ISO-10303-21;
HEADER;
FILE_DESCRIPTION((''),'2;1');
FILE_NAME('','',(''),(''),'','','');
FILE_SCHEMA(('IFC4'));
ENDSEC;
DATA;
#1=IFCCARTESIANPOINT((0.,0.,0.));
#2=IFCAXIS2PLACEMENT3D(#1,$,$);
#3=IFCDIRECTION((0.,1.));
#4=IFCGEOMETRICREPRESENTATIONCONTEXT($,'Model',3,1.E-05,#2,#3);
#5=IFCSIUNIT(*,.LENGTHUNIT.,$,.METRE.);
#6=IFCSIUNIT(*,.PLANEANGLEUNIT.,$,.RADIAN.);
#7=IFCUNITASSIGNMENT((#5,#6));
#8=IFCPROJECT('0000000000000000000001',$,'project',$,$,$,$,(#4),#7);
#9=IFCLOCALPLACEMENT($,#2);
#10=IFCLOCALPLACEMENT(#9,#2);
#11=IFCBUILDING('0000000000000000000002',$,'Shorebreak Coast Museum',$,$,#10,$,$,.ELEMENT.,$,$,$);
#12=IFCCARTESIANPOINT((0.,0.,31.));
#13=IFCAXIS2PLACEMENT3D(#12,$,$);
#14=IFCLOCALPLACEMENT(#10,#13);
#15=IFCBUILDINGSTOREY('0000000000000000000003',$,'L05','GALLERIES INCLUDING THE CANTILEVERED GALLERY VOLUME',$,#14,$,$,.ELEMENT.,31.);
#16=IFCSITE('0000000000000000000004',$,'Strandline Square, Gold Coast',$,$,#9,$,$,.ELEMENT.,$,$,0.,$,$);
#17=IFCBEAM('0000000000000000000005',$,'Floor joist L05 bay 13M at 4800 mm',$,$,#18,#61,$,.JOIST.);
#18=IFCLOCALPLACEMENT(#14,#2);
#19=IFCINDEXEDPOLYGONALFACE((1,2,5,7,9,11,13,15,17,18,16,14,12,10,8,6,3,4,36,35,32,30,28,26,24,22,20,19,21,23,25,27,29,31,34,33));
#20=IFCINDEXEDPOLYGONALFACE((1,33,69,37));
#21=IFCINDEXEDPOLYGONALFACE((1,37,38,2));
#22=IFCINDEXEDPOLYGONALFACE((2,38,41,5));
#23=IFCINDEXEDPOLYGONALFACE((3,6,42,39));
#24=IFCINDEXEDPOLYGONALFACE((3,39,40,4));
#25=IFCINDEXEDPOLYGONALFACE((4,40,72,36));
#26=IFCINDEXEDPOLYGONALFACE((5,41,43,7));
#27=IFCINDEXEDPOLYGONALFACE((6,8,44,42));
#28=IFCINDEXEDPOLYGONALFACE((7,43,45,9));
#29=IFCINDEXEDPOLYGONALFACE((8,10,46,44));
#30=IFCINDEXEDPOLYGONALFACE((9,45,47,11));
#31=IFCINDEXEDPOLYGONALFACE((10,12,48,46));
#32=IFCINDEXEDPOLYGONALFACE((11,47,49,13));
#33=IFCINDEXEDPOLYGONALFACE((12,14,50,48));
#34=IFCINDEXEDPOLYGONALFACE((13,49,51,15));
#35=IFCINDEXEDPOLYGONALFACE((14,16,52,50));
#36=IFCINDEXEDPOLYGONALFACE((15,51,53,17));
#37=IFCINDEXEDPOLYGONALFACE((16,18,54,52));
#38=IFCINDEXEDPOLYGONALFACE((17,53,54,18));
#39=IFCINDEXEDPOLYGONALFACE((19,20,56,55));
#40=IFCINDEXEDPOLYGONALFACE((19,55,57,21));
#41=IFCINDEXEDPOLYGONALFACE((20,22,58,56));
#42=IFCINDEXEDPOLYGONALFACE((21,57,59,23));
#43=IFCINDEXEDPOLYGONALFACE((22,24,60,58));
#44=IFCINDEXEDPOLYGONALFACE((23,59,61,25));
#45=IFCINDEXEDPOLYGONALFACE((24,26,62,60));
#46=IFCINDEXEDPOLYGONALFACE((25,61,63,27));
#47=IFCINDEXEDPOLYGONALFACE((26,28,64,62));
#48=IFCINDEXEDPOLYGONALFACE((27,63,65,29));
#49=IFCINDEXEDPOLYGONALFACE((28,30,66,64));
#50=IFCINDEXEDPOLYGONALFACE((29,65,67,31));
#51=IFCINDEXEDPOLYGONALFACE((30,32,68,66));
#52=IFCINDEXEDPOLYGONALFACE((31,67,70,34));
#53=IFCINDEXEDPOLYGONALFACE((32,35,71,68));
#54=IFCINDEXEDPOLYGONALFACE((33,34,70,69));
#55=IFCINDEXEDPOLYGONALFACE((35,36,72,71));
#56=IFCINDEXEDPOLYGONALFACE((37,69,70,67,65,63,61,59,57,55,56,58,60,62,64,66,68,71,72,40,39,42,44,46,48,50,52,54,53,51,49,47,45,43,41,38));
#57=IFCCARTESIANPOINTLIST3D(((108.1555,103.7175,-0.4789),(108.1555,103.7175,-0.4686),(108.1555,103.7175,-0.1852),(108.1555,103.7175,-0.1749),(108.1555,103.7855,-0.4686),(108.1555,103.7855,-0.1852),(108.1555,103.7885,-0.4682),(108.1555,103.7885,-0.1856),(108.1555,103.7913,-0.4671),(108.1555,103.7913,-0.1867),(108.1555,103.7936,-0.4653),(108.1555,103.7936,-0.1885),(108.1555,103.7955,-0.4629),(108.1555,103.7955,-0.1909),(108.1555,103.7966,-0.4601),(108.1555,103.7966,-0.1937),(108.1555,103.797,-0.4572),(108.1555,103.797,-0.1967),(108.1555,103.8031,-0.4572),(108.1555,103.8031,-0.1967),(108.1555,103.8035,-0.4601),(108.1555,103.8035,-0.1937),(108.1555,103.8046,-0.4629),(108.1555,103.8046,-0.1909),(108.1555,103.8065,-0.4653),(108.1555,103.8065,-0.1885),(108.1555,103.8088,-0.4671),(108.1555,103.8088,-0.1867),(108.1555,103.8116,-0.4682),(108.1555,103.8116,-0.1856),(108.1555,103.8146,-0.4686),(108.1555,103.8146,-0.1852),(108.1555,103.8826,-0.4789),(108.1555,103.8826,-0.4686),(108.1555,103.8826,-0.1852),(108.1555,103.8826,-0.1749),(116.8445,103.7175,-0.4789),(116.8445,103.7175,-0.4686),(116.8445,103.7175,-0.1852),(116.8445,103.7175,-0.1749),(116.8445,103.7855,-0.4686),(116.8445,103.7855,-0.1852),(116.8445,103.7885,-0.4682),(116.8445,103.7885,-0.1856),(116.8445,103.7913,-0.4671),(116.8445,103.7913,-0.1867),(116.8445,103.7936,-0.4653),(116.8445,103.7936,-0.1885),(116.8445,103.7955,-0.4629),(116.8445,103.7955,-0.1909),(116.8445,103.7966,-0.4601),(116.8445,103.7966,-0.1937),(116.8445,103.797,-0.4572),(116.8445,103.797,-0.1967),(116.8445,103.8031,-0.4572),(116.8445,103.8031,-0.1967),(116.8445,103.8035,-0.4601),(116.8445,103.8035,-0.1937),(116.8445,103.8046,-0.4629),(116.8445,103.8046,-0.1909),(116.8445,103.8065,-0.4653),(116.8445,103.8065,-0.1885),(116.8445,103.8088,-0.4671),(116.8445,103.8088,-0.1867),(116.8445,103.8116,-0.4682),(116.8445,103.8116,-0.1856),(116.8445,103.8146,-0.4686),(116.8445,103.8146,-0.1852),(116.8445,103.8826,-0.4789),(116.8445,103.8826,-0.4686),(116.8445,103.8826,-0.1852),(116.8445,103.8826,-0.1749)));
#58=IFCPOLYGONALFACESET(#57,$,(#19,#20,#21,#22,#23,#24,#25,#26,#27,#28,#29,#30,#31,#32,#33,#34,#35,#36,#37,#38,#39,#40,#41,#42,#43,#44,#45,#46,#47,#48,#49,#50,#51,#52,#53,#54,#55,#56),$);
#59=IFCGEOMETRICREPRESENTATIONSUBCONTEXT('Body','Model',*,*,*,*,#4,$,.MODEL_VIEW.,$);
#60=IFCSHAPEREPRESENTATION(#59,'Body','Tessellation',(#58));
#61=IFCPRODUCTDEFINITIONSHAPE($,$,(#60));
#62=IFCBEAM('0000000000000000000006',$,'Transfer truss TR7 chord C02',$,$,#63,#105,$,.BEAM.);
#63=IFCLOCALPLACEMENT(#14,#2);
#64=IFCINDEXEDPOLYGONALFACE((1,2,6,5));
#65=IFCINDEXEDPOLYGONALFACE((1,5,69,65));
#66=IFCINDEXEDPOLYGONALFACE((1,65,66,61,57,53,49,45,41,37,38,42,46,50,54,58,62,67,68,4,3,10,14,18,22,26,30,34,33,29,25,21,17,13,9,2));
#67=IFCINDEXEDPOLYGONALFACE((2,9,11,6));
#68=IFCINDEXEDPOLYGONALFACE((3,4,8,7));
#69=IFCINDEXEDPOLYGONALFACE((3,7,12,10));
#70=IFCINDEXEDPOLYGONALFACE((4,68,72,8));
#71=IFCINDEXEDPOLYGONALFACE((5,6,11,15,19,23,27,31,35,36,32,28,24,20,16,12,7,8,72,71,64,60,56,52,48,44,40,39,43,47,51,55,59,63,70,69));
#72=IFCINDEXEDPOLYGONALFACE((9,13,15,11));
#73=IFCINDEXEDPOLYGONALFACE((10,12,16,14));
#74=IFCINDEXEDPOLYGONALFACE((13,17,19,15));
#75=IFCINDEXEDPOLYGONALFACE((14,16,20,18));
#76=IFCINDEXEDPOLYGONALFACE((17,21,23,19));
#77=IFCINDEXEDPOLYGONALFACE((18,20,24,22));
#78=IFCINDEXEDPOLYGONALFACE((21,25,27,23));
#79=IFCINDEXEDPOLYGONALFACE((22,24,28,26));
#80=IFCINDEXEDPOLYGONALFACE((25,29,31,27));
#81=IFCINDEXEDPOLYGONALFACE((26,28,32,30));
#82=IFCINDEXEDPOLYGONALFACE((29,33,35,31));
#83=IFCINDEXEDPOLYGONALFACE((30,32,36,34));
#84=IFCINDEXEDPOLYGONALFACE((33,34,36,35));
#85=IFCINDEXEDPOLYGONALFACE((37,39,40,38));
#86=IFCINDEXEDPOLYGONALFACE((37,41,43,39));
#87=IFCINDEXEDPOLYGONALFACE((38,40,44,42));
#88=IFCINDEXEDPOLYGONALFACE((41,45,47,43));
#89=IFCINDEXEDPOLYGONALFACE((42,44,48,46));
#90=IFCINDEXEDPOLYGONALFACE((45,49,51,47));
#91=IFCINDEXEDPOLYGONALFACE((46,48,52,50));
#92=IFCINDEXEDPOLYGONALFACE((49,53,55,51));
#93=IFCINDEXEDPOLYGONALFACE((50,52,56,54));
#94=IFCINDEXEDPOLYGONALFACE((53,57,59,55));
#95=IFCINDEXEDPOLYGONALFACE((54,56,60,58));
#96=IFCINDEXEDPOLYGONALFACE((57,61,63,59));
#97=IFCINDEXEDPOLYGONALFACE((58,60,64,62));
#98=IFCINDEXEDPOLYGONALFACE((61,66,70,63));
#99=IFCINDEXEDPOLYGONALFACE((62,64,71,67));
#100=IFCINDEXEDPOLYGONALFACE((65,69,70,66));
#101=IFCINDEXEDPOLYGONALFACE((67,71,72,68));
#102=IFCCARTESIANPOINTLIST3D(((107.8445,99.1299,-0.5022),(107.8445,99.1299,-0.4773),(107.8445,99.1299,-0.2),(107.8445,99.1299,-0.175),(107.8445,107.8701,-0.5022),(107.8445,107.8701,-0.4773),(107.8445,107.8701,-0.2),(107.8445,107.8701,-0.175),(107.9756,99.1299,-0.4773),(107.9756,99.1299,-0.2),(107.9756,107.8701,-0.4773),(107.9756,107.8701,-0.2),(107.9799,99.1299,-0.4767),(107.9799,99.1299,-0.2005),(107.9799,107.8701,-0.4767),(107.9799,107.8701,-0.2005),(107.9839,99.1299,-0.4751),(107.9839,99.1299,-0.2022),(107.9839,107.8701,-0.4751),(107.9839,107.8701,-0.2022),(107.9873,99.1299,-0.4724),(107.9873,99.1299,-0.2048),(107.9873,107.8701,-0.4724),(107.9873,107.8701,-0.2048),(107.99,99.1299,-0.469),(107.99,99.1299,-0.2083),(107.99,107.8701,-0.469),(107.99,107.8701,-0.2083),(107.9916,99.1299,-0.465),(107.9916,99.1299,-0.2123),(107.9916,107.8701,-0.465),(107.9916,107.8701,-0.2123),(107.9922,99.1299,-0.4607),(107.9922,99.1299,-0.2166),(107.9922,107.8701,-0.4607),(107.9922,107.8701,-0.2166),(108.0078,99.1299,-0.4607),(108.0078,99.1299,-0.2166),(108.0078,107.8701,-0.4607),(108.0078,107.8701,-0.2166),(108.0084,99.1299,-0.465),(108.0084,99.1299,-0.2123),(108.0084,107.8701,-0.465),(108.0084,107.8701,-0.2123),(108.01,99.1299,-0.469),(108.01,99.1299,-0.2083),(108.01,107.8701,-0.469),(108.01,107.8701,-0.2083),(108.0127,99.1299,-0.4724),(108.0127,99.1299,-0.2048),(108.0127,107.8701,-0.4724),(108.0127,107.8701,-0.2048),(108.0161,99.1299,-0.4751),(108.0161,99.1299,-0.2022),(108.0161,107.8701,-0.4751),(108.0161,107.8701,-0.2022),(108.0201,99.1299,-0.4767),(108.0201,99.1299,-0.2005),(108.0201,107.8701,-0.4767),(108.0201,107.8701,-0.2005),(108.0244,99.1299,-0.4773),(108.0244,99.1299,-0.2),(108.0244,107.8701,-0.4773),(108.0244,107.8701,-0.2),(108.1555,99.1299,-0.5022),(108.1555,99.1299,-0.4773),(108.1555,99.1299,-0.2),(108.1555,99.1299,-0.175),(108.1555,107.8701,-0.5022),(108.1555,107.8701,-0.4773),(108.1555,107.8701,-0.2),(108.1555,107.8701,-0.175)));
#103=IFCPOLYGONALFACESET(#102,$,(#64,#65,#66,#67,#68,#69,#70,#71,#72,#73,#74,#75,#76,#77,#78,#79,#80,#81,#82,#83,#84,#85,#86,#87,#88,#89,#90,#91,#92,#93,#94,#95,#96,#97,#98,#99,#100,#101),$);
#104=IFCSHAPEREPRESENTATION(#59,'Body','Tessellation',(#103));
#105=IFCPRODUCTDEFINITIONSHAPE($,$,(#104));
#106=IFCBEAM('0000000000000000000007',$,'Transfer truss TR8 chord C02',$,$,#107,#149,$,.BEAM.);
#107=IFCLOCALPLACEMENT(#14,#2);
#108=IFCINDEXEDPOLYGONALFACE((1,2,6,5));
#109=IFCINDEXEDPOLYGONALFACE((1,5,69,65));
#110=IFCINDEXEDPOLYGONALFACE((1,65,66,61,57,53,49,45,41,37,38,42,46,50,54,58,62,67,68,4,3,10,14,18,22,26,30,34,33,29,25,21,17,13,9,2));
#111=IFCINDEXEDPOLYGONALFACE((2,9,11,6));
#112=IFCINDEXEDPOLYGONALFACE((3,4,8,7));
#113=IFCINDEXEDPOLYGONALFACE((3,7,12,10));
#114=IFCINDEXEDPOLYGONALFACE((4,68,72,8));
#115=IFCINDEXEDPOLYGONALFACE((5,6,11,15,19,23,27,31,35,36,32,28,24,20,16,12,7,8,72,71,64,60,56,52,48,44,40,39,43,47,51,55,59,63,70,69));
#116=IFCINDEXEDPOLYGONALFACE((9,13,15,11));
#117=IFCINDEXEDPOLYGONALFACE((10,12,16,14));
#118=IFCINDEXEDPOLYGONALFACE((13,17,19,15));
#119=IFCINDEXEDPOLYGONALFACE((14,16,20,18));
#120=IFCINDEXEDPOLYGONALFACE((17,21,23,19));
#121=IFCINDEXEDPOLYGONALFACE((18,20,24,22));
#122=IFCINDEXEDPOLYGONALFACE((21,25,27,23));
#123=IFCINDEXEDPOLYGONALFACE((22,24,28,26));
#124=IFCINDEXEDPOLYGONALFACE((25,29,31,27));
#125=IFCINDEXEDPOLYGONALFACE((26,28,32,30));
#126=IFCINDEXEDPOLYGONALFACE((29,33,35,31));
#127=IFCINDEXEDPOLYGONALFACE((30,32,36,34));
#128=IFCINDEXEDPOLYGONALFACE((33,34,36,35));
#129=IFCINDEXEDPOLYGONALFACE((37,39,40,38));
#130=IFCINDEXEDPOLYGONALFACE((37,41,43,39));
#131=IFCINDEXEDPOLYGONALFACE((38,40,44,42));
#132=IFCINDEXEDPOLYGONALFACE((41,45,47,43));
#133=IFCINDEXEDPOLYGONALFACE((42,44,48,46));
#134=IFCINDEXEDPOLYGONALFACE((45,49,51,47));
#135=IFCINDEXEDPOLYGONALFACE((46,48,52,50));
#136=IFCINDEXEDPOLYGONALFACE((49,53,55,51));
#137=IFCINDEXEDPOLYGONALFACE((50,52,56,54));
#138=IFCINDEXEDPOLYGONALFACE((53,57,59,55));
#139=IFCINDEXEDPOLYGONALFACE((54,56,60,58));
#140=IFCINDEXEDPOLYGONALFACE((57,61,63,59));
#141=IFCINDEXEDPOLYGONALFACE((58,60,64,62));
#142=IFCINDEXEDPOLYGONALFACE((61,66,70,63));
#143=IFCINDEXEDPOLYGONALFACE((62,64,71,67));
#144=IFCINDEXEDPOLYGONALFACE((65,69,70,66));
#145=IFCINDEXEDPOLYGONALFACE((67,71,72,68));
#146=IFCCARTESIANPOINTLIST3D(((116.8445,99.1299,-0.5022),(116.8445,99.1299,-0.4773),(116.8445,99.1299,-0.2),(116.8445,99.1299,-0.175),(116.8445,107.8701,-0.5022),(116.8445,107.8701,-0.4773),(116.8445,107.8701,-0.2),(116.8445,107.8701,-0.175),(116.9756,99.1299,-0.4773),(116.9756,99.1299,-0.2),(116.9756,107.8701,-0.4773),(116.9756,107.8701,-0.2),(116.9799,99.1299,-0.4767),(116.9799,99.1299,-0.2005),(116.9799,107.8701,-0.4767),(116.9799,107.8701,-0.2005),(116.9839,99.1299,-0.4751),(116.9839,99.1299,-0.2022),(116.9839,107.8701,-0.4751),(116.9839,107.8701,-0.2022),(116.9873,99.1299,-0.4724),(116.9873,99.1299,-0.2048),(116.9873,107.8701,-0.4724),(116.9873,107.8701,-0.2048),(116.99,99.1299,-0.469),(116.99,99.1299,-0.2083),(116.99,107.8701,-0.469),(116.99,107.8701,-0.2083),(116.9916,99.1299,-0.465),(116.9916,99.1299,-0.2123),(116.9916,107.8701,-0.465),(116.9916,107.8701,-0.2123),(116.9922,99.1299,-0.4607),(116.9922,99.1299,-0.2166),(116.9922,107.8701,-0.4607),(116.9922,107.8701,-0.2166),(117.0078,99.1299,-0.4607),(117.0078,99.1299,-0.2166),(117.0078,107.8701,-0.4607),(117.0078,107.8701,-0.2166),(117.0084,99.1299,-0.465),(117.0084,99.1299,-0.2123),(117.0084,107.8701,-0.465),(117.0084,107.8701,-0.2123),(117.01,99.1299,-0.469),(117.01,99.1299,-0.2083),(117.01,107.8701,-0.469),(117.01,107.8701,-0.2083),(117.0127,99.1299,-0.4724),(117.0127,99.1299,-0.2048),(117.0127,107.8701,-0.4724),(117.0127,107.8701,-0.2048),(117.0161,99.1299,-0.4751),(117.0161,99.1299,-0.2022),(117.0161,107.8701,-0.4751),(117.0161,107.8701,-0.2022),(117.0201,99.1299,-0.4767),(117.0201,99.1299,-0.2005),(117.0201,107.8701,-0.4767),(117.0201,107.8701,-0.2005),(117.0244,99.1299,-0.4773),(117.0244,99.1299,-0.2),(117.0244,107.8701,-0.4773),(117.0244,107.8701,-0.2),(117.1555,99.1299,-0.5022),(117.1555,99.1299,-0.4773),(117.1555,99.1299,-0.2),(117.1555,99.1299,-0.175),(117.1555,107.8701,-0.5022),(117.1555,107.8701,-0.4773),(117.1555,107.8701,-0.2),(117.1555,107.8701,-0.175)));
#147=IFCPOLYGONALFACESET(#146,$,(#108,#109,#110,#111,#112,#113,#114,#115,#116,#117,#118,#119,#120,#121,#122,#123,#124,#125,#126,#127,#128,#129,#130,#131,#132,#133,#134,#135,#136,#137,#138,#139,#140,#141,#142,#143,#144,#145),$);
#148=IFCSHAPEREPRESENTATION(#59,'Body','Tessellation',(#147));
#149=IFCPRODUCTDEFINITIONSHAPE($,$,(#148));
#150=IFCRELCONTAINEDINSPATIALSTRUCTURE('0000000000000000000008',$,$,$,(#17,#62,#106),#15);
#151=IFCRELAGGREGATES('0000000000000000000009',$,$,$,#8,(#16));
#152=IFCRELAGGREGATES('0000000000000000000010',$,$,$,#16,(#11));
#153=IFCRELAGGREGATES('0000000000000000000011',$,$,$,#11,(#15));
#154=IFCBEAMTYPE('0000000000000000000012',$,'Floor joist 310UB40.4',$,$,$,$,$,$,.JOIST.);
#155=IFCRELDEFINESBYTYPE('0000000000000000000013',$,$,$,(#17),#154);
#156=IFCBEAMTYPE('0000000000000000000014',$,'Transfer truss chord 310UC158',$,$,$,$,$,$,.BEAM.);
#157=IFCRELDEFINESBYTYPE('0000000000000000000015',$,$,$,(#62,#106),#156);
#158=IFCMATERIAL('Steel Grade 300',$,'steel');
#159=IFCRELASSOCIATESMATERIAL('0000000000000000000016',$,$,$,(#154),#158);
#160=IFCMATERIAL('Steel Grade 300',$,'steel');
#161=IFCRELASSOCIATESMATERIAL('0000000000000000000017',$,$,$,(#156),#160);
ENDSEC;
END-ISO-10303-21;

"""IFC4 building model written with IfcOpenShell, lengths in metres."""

from ifc_helpers import new_model, si_unit, direction, frame, origin, origin_2d, place, context, subcontext, project, spatial, i_section, extrude, material, material_profile, profile_set, type_object, element, save


model = new_model("IFC4")

# Units and contexts
model_context = context("Model", 3, precision=1e-05, world=origin(), true_north=direction((0.0, 1.0)))
body_context = subcontext(model_context, "Body", "Model", "MODEL_VIEW")
ifc_project = project(units=[si_unit("LENGTHUNIT", "METRE"), si_unit("PLANEANGLEUNIT", "RADIAN")], contexts=[model_context])

# Site, building, storey
site_placement = place(None, origin())
site = spatial("IfcSite", under=ifc_project, at=site_placement, Name="Strandline Square, Gold Coast", CompositionType="ELEMENT", RefElevation=0.0)
building_placement = place(site_placement, origin())
building = spatial("IfcBuilding", under=site, at=building_placement, Name="Shorebreak Coast Museum", CompositionType="ELEMENT")
storey_placement = place(building_placement, frame((0.0, 0.0, 31.0)))
storey = spatial("IfcBuildingStorey", under=building, at=storey_placement, Name="L05", Description="GALLERIES INCLUDING THE CANTILEVERED GALLERY VOLUME", CompositionType="ELEMENT", Elevation=31.0)

# Beams
ifc_material_1 = material(Name="Steel Grade 300", Category="steel")
ifc_material_profile_1 = material_profile(ifc_material_1, i_section(OverallWidth=0.165, OverallDepth=0.304, WebThickness=0.0061, FlangeThickness=0.0103, FilletRadius=0.0115, at=origin_2d()), Name="310UB40.4")
ifc_profile_set_1 = profile_set([ifc_material_profile_1], Name="Steel Grade 300")
beam_type_1 = type_object("IfcBeamType", Name="Floor joist 310UB40.4", PredefinedType="JOIST", material=ifc_profile_set_1)
for number, where, z_axis, x_axis, name in (
    (1, (108.1555, 103.8, -0.3269), (1.0, 0.0, 0.0), (0.0, 1.0, 0.0), "Floor joist L05 bay 13M at 4800 mm"),
):
    element("IfcBeam", number, at=place(storey_placement, frame(where, z_axis=z_axis, x_axis=x_axis)), inside=storey, type_object=beam_type_1, Name=name, PredefinedType="JOIST", context=body_context, shape_type="SweptSolid", body=[
        extrude(i_section(OverallWidth=0.165, OverallDepth=0.304, WebThickness=0.0061, FlangeThickness=0.0103, FilletRadius=0.0115, at=origin_2d()), origin(), (0.0, 0.0, 1.0), 8.689),
    ])
ifc_material_2 = material(Name="Steel Grade 300", Category="steel")
ifc_material_profile_2 = material_profile(ifc_material_2, i_section(OverallWidth=0.311, OverallDepth=0.3271, WebThickness=0.0156, FlangeThickness=0.0249, FilletRadius=0.0166, at=origin_2d()), Name="310UC158")
ifc_profile_set_2 = profile_set([ifc_material_profile_2], Name="Steel Grade 300")
beam_type_2 = type_object("IfcBeamType", Name="Transfer truss chord 310UC158", PredefinedType="BEAM", material=ifc_profile_set_2)
for number, where, z_axis, x_axis, name in (
    (2, (108.0, 99.1299, -0.3386), (0.0, 1.0, 0.0), (-1.0, 0.0, 0.0), "Transfer truss TR7 chord C02"),
    (3, (117.0, 99.1299, -0.3386), (0.0, 1.0, 0.0), (-1.0, 0.0, 0.0), "Transfer truss TR8 chord C02"),
):
    element("IfcBeam", number, at=place(storey_placement, frame(where, z_axis=z_axis, x_axis=x_axis)), inside=storey, type_object=beam_type_2, Name=name, PredefinedType="BEAM", context=body_context, shape_type="SweptSolid", body=[
        extrude(i_section(OverallWidth=0.311, OverallDepth=0.3271, WebThickness=0.0156, FlangeThickness=0.0249, FilletRadius=0.0166, at=origin_2d()), origin(), (0.0, 0.0, 1.0), 8.7402),
    ])

save(model, "model.ifc")
